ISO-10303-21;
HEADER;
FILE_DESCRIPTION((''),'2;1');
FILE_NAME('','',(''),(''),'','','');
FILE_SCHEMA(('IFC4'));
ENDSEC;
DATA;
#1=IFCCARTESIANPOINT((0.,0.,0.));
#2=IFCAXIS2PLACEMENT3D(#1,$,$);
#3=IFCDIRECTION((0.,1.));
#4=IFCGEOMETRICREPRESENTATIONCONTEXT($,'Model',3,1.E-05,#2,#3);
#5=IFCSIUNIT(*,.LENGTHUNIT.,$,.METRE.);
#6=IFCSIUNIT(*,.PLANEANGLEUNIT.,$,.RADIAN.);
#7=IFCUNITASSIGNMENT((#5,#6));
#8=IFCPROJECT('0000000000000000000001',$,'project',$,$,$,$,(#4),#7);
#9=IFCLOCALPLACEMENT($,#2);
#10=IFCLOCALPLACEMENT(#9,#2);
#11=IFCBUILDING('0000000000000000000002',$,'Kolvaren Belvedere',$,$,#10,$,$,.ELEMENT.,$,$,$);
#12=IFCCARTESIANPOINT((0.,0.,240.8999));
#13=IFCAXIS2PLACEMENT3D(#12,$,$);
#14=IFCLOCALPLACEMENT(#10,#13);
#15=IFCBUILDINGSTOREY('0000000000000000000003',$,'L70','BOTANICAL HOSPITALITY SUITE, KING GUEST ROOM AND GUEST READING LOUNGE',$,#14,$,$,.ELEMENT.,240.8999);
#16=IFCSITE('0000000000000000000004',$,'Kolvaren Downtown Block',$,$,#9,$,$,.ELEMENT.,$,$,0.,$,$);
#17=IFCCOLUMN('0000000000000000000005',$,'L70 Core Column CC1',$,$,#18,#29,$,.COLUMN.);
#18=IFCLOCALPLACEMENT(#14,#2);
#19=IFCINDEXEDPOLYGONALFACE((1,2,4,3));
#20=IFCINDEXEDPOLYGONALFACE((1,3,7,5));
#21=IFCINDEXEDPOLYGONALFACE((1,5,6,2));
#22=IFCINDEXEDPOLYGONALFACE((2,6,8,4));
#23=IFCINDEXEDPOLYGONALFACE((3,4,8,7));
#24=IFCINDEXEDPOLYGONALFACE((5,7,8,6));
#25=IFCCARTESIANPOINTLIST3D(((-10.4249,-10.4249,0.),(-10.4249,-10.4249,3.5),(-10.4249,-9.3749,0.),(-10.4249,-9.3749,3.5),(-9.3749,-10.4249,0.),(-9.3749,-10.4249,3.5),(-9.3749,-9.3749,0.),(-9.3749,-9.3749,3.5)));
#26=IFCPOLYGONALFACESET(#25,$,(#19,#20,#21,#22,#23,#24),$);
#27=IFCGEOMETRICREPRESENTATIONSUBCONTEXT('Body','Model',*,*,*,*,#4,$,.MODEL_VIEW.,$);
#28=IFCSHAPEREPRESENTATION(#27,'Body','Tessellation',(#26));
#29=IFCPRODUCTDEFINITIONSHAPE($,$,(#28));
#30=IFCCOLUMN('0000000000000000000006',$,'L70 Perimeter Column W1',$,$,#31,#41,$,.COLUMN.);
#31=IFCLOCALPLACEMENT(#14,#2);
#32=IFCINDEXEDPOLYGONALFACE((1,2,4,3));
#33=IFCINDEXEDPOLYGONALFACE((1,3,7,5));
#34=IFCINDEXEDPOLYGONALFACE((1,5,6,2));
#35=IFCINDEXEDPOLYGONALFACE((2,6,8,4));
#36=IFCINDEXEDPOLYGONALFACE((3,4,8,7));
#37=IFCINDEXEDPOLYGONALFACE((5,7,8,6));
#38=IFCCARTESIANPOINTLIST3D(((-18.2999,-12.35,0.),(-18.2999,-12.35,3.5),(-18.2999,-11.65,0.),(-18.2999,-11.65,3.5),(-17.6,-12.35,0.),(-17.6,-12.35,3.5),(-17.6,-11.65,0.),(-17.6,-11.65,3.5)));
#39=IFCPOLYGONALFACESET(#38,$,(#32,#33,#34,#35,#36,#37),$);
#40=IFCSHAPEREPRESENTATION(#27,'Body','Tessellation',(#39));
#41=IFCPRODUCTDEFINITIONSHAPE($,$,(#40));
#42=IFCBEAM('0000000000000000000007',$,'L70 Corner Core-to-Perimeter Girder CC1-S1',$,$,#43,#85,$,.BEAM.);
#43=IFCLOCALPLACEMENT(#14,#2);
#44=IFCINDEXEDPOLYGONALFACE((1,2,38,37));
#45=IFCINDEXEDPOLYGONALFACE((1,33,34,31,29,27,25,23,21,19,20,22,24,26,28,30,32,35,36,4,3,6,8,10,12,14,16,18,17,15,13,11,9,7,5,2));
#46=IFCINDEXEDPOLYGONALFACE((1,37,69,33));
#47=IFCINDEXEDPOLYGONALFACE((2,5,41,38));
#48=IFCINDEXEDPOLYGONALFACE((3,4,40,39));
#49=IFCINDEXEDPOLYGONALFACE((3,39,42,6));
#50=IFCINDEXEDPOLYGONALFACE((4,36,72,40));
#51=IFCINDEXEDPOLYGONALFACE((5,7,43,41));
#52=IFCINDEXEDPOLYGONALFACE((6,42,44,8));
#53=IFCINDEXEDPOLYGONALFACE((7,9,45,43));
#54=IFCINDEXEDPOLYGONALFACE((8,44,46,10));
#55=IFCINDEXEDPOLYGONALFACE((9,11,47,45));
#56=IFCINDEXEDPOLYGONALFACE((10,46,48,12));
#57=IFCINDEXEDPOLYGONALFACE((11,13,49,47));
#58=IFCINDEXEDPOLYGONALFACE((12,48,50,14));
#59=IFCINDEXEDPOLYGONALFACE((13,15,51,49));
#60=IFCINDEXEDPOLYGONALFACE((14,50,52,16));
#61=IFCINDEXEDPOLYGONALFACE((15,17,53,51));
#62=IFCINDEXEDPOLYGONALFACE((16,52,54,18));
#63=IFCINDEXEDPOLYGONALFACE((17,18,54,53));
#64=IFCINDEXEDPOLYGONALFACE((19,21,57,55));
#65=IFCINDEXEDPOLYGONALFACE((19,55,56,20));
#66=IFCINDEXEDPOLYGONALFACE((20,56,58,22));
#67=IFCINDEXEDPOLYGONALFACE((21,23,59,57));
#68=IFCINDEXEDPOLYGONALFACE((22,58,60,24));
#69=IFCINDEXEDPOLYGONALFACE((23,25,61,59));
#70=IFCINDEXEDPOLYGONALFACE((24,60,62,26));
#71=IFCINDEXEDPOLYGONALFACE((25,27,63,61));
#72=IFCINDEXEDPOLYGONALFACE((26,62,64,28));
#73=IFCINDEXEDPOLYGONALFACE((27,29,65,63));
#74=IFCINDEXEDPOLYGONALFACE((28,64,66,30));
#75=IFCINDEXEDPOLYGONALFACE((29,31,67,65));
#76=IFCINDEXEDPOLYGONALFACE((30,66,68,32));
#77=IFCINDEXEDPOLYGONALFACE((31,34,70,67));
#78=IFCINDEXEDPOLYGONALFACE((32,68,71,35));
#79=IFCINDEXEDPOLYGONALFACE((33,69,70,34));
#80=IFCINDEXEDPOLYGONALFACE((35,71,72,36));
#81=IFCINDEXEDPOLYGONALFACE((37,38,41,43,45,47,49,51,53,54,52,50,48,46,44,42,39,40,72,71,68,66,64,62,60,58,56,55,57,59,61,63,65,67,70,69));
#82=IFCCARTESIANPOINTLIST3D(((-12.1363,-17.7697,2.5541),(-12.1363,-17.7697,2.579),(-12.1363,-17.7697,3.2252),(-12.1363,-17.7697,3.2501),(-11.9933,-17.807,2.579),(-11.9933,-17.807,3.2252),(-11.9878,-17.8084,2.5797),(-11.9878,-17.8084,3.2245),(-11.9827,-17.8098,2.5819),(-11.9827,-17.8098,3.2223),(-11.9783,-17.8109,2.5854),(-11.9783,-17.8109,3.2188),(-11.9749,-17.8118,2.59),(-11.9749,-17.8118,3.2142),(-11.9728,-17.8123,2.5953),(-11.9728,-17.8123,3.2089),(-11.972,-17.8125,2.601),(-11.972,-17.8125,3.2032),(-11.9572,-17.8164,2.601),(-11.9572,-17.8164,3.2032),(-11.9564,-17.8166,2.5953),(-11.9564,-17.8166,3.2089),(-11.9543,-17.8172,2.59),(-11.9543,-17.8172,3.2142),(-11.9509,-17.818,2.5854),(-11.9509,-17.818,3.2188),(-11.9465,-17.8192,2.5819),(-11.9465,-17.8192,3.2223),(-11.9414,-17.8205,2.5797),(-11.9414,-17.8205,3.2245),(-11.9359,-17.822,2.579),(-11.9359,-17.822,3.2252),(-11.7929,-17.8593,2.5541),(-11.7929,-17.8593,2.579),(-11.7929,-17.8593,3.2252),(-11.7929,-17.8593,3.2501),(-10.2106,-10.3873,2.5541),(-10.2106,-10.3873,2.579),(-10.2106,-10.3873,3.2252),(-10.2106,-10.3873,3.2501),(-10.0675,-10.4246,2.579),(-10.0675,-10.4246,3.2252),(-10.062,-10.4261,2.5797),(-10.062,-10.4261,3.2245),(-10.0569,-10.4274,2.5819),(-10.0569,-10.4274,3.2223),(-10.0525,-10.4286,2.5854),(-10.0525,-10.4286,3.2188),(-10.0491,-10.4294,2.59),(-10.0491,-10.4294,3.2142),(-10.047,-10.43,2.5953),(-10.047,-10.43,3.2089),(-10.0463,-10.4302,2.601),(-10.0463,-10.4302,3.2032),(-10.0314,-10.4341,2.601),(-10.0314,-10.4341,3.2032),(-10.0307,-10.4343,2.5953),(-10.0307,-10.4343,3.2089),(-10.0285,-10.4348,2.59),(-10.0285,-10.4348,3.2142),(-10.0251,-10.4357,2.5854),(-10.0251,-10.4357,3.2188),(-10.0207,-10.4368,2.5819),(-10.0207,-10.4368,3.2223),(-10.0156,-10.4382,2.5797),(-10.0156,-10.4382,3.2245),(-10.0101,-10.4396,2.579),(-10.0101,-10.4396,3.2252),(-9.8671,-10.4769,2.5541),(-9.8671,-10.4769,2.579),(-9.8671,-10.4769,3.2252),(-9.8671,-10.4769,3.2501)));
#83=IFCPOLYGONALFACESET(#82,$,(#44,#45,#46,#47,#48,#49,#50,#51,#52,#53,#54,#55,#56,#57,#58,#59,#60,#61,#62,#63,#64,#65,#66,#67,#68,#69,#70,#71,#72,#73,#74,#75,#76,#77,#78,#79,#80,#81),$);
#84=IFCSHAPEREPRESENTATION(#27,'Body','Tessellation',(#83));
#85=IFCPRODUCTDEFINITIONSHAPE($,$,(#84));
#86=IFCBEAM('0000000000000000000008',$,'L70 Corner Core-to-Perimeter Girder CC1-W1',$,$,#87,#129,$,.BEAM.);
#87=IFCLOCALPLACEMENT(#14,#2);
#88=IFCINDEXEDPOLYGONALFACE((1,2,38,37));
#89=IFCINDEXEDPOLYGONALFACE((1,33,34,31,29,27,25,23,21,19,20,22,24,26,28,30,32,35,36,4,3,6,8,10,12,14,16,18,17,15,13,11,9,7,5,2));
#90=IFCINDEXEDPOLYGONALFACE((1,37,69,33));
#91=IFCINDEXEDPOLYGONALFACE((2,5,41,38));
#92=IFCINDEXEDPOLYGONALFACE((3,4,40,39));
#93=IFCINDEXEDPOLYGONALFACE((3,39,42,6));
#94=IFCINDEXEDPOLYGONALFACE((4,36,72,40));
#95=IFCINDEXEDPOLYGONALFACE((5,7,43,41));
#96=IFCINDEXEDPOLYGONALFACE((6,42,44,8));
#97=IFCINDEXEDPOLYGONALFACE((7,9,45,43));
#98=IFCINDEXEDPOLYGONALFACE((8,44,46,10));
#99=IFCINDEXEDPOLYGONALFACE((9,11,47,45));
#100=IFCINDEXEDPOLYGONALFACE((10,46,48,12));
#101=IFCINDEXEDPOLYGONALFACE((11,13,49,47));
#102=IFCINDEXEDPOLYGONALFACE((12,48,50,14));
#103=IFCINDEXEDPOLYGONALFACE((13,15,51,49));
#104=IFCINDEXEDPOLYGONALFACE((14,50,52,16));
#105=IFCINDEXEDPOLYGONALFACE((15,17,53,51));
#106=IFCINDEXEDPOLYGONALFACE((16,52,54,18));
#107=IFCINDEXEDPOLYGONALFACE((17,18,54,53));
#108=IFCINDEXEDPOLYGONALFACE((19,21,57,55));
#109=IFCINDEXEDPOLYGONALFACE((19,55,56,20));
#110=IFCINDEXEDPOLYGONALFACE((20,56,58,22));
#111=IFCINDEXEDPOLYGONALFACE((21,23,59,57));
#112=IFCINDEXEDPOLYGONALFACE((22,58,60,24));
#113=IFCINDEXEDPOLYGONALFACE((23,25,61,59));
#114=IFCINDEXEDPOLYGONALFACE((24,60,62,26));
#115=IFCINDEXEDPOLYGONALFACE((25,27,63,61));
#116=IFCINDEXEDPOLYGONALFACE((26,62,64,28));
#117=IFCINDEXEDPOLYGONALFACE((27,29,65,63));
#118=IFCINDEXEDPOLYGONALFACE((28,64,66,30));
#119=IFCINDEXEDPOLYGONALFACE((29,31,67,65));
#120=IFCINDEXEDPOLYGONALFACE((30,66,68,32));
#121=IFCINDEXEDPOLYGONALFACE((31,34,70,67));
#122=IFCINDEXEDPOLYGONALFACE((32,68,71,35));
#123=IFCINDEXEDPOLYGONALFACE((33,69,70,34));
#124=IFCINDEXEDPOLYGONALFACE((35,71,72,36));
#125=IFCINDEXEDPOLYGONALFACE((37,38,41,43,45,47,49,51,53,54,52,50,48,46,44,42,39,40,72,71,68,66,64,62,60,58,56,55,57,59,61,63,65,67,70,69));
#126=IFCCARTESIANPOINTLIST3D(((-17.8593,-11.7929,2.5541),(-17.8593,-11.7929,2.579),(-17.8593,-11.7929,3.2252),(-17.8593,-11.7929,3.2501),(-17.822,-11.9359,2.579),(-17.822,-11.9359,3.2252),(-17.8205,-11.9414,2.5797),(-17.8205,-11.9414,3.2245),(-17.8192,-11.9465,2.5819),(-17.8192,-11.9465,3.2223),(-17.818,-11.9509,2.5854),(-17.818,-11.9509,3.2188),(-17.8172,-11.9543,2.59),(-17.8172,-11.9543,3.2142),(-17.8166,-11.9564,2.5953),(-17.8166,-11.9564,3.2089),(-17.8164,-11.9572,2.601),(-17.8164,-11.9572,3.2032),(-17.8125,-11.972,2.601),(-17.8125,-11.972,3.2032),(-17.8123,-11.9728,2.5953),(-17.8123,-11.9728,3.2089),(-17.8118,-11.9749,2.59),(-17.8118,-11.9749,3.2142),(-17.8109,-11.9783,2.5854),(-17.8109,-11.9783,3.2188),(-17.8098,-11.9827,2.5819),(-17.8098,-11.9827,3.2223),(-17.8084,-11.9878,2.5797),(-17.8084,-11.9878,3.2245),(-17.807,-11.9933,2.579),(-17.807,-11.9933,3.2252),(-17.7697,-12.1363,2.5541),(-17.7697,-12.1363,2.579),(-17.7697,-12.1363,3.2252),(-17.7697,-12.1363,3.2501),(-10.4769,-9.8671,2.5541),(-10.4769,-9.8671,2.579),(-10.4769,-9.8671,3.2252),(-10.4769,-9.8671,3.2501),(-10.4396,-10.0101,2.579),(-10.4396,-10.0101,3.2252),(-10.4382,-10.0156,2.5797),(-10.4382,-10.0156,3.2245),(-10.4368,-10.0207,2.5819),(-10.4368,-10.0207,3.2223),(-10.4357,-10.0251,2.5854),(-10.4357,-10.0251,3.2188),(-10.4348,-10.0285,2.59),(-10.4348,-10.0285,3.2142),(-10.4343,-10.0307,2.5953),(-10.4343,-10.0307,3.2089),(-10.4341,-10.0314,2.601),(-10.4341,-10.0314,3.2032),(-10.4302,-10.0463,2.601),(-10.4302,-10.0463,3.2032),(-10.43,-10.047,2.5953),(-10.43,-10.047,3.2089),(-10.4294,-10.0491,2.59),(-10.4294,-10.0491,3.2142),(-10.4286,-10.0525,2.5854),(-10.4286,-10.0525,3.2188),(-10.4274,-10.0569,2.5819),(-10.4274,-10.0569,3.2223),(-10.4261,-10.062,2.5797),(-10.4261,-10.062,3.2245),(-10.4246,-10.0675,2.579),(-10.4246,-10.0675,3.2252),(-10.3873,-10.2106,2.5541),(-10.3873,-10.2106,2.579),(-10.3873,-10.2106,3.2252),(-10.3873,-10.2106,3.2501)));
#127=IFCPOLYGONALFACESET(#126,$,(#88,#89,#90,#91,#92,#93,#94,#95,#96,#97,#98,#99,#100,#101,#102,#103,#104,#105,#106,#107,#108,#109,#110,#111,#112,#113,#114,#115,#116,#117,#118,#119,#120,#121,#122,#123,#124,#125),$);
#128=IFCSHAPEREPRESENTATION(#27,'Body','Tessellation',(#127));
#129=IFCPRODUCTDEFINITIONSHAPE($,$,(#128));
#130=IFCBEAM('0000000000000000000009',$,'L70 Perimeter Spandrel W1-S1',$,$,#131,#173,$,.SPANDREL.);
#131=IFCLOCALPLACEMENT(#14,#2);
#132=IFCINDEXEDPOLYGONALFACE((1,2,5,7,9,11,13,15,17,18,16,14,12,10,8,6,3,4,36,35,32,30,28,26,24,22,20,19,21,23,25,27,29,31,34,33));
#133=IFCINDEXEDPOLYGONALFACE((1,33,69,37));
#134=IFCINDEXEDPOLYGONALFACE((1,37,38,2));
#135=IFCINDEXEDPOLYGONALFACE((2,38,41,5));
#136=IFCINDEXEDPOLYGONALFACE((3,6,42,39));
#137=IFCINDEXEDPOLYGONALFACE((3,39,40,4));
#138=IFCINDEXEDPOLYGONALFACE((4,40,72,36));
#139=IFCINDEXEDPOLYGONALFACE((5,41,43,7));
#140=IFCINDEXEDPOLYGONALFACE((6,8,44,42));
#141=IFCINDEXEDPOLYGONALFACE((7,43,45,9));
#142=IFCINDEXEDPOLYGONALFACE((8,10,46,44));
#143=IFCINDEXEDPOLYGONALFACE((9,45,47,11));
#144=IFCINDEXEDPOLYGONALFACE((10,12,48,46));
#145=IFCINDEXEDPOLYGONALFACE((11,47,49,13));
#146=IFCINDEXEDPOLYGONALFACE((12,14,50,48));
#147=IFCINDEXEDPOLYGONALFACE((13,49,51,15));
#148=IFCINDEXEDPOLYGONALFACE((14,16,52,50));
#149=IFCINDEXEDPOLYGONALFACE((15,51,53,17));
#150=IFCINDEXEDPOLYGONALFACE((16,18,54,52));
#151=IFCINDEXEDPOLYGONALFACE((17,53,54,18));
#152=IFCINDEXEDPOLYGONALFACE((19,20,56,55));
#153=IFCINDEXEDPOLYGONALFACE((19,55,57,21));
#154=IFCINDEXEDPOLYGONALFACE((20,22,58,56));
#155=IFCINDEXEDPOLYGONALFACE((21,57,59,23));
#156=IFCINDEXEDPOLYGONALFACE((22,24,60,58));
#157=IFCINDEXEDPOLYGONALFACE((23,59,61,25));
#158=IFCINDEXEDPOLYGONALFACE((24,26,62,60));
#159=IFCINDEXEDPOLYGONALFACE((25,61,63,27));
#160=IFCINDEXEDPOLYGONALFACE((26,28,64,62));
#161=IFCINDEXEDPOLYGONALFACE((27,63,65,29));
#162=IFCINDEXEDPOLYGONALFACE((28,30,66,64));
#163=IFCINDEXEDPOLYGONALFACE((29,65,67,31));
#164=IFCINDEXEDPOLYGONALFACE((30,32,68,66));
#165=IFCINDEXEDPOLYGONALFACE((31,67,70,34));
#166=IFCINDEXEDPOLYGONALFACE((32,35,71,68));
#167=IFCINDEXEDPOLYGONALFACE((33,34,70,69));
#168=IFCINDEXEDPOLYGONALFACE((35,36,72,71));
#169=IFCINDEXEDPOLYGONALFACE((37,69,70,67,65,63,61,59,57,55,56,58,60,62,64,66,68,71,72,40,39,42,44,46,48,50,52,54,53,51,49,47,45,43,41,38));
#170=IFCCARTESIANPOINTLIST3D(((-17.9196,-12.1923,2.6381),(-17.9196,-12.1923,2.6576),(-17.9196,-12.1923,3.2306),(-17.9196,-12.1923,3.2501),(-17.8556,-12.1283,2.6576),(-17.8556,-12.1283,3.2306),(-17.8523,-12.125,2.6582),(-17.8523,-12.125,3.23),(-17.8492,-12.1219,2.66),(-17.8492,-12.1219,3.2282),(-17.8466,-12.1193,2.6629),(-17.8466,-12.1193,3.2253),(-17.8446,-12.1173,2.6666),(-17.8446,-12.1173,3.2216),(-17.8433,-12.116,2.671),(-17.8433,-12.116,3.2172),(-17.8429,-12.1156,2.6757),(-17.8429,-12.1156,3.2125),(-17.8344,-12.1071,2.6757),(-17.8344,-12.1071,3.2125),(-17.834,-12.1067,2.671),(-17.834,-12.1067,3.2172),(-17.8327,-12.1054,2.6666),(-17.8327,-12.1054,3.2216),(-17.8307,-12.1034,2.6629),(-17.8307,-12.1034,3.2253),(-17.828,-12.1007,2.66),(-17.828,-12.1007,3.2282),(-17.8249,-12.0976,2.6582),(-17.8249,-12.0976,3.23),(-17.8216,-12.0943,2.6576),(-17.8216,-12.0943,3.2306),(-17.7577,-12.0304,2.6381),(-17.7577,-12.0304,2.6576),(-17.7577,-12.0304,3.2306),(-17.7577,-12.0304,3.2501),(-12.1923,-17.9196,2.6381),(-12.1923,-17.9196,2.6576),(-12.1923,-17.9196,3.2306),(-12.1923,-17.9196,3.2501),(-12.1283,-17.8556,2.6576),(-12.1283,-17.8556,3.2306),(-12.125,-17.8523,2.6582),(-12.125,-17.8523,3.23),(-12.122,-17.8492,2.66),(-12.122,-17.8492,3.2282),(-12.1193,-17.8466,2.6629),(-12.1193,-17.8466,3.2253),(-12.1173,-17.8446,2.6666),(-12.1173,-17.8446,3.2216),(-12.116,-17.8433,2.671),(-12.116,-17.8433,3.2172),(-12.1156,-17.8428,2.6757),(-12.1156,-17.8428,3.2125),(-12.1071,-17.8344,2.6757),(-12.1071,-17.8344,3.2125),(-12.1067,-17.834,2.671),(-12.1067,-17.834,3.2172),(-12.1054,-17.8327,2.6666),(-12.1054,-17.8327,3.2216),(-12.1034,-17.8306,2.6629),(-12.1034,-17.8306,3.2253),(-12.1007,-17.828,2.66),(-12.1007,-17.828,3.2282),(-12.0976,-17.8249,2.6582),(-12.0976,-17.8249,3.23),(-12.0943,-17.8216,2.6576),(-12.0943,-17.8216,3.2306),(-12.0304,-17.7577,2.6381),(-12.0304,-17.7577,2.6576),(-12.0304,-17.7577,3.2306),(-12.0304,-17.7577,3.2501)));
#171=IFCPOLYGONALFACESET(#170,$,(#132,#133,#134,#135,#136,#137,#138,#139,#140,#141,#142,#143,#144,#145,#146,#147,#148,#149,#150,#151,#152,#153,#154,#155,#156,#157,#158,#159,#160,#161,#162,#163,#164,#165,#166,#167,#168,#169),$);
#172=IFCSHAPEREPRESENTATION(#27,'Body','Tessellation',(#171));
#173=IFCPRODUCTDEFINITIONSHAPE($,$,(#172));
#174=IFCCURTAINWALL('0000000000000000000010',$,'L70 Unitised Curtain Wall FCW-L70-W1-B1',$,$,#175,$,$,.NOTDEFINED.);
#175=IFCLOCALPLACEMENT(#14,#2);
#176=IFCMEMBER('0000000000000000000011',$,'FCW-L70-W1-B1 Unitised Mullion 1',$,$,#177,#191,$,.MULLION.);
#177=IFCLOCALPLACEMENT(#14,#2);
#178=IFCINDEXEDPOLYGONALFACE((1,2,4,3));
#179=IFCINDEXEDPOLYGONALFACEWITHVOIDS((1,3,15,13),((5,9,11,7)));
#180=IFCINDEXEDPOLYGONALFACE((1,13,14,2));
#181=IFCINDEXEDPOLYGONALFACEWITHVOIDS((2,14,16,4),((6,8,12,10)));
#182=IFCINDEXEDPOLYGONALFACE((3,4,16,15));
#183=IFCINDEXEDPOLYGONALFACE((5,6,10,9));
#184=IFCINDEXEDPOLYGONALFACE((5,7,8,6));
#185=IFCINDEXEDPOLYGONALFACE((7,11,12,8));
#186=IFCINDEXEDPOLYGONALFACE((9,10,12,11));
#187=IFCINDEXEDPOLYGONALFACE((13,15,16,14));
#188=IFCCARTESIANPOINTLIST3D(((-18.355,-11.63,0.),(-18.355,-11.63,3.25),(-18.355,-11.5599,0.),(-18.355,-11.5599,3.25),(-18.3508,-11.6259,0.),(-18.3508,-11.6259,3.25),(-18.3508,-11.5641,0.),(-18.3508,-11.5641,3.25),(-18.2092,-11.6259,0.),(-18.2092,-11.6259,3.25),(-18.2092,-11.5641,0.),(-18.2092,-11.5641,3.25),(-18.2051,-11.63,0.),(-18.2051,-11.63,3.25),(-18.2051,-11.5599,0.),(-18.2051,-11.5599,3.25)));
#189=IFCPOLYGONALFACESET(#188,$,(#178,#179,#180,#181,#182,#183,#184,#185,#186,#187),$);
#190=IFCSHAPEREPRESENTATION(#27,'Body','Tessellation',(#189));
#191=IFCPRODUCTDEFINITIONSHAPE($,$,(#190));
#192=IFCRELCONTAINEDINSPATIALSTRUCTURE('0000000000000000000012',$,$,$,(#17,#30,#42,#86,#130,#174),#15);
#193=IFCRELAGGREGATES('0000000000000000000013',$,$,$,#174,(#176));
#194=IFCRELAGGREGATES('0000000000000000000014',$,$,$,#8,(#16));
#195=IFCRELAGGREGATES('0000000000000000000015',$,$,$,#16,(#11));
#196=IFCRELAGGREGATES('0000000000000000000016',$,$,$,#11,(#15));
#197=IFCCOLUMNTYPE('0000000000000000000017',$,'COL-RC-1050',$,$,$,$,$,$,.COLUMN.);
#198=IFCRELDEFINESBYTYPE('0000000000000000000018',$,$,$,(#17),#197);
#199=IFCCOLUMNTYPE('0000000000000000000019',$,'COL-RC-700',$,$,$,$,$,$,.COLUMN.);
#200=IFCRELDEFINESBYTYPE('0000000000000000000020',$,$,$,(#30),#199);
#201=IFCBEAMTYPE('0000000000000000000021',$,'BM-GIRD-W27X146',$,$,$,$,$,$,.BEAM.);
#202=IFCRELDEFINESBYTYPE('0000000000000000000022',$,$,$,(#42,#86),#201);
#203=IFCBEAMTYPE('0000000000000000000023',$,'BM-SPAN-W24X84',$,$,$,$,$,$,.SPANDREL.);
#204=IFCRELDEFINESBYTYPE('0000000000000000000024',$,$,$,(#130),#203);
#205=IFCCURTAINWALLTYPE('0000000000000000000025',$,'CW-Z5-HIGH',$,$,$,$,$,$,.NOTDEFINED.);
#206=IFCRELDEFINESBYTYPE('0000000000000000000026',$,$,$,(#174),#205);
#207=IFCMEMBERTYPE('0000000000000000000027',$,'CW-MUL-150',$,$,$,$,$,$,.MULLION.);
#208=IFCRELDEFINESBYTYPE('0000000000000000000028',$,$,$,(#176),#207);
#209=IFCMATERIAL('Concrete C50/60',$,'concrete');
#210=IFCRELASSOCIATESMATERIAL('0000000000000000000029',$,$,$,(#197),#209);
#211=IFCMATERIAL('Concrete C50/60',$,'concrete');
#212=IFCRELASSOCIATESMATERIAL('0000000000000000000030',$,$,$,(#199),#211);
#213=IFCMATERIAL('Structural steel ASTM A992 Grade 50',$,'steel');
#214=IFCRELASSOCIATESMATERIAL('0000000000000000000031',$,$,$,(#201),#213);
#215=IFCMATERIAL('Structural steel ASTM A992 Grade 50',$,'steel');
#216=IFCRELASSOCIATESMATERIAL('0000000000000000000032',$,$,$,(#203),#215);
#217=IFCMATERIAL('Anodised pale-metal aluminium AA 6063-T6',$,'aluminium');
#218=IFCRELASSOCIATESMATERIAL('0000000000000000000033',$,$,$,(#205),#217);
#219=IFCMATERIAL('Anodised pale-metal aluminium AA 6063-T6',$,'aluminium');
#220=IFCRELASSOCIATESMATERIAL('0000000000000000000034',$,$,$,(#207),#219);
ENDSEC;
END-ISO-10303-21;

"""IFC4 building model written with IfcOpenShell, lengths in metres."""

from ifc_helpers import new_model, si_unit, direction, frame, origin, origin_2d, place, context, subcontext, project, spatial, rectangle, hollow_rectangle, i_section, extrude, material, material_profile, profile_set, type_object, element, aggregate, save


model = new_model("IFC4")

# Units and contexts
model_context = context("Model", 3, precision=1e-05, world=origin(), true_north=direction((0.0, 1.0)))
body_context = subcontext(model_context, "Body", "Model", "MODEL_VIEW")
ifc_project = project(units=[si_unit("LENGTHUNIT", "METRE"), si_unit("PLANEANGLEUNIT", "RADIAN")], contexts=[model_context])

# Site, building, storey
site_placement = place(None, origin())
site = spatial("IfcSite", under=ifc_project, at=site_placement, Name="Kolvaren Downtown Block", CompositionType="ELEMENT", RefElevation=0.0)
building_placement = place(site_placement, origin())
building = spatial("IfcBuilding", under=site, at=building_placement, Name="Kolvaren Belvedere", CompositionType="ELEMENT")
storey_placement = place(building_placement, frame((0.0, 0.0, 240.8999)))
storey = spatial("IfcBuildingStorey", under=building, at=storey_placement, Name="L70", Description="BOTANICAL HOSPITALITY SUITE, KING GUEST ROOM AND GUEST READING LOUNGE", CompositionType="ELEMENT", Elevation=240.8999)

# Columns
ifc_material_1 = material(Name="Concrete C50/60", Category="concrete")
ifc_material_profile_1 = material_profile(ifc_material_1, rectangle(XDim=1.05, YDim=1.05, at=origin_2d()), Name="RC 1050X1050")
ifc_profile_set_1 = profile_set([ifc_material_profile_1], Name="Concrete C50/60")
column_type_1 = type_object("IfcColumnType", Name="COL-RC-1050", PredefinedType="COLUMN", material=ifc_profile_set_1)
column_1_placement = place(storey_placement, frame((-9.8999, -9.8999, 0.0), z_axis=(0.0, 0.0, 1.0), x_axis=(1.0, 0.0, 0.0)))
element("IfcColumn", 1, at=column_1_placement, inside=storey, type_object=column_type_1, Name="L70 Core Column CC1", PredefinedType="COLUMN", context=body_context, shape_type="SweptSolid", body=[
    extrude(rectangle(XDim=1.05, YDim=1.05, at=origin_2d()), origin(), (0.0, 0.0, 1.0), 3.5),
])
ifc_material_2 = material(Name="Concrete C50/60", Category="concrete")
ifc_material_profile_2 = material_profile(ifc_material_2, rectangle(XDim=0.7, YDim=0.7, at=origin_2d()), Name="RC 700X700")
ifc_profile_set_2 = profile_set([ifc_material_profile_2], Name="Concrete C50/60")
column_type_2 = type_object("IfcColumnType", Name="COL-RC-700", PredefinedType="COLUMN", material=ifc_profile_set_2)
column_2_placement = place(storey_placement, frame((-17.95, -12.0, 0.0), z_axis=(0.0, 0.0, 1.0), x_axis=(1.0, 0.0, 0.0)))
element("IfcColumn", 2, at=column_2_placement, inside=storey, type_object=column_type_2, Name="L70 Perimeter Column W1", PredefinedType="COLUMN", context=body_context, shape_type="SweptSolid", body=[
    extrude(rectangle(XDim=0.7, YDim=0.7, at=origin_2d()), origin(), (0.0, 0.0, 1.0), 3.5),
])

# Beams
ifc_material_3 = material(Name="Structural steel ASTM A992 Grade 50", Category="steel")
ifc_material_profile_3 = material_profile(ifc_material_3, i_section(OverallWidth=0.355, OverallDepth=0.696, WebThickness=0.0154, FlangeThickness=0.0249, FilletRadius=0.022, at=origin_2d()), Name="W27X146")
ifc_profile_set_3 = profile_set([ifc_material_profile_3], Name="Structural steel ASTM A992 Grade 50")
beam_type_1 = type_object("IfcBeamType", Name="BM-GIRD-W27X146", PredefinedType="BEAM", material=ifc_profile_set_3)
for number, where, z_axis, x_axis, name in (
    (3, (-10.0388, -10.4321, 2.9021), (-0.252417, -0.967619, 0.0), (0.967619, -0.252417, 0.0), "L70 Corner Core-to-Perimeter Girder CC1-S1"),
    (4, (-10.4321, -10.0388, 2.9021), (-0.967619, -0.252417, 0.0), (0.252417, -0.967619, 0.0), "L70 Corner Core-to-Perimeter Girder CC1-W1"),
):
    element("IfcBeam", number, at=place(storey_placement, frame(where, z_axis=z_axis, x_axis=x_axis)), inside=storey, type_object=beam_type_1, Name=name, PredefinedType="BEAM", context=body_context, shape_type="SweptSolid", body=[
        extrude(i_section(OverallWidth=0.355, OverallDepth=0.696, WebThickness=0.0154, FlangeThickness=0.0249, FilletRadius=0.022, at=origin_2d()), origin(), (0.0, 0.0, 1.0), 7.6294),
    ])
ifc_material_4 = material(Name="Structural steel ASTM A992 Grade 50", Category="steel")
ifc_material_profile_4 = material_profile(ifc_material_4, i_section(OverallWidth=0.229, OverallDepth=0.6121, WebThickness=0.012, FlangeThickness=0.0195, FilletRadius=0.0181, at=origin_2d()), Name="W24X84")
ifc_profile_set_4 = profile_set([ifc_material_profile_4], Name="Structural steel ASTM A992 Grade 50")
beam_type_2 = type_object("IfcBeamType", Name="BM-SPAN-W24X84", PredefinedType="SPANDREL", material=ifc_profile_set_4)
beam_placement = place(storey_placement, frame((-17.8386, -12.1113, 2.9441), z_axis=(0.707107, -0.707107, 0.0), x_axis=(0.707107, 0.707107, 0.0)))
element("IfcBeam", 5, at=beam_placement, inside=storey, type_object=beam_type_2, Name="L70 Perimeter Spandrel W1-S1", PredefinedType="SPANDREL", context=body_context, shape_type="SweptSolid", body=[
    extrude(i_section(OverallWidth=0.229, OverallDepth=0.6121, WebThickness=0.012, FlangeThickness=0.0195, FilletRadius=0.0181, at=origin_2d()), origin(), (0.0, 0.0, 1.0), 8.0996),
])

# Curtain wall, member
ifc_material_5 = material(Name="Anodised pale-metal aluminium AA 6063-T6", Category="aluminium")
curtain_wall_type = type_object("IfcCurtainWallType", Name="CW-Z5-HIGH", PredefinedType="NOTDEFINED", material=ifc_material_5)
curtain_wall_placement = place(storey_placement, origin())
curtain_wall = element("IfcCurtainWall", 6, at=curtain_wall_placement, inside=storey, type_object=curtain_wall_type, Name="L70 Unitised Curtain Wall FCW-L70-W1-B1", PredefinedType="NOTDEFINED")
ifc_material_6 = material(Name="Anodised pale-metal aluminium AA 6063-T6", Category="aluminium")
ifc_material_profile_5 = material_profile(ifc_material_6, hollow_rectangle(XDim=0.0701, YDim=0.1499, WallThickness=0.0042, at=origin_2d()), Name="ALU-MUL-150X70")
ifc_profile_set_5 = profile_set([ifc_material_profile_5], Name="Anodised pale-metal aluminium AA 6063-T6")
member_type_1 = type_object("IfcMemberType", Name="CW-MUL-150", PredefinedType="MULLION", material=ifc_profile_set_5)
member_1_placement = place(storey_placement, frame((-18.28, -11.595, 0.0), z_axis=(0.0, 0.0, 1.0), x_axis=(0.0, 1.0, 0.0)))
member_1 = element("IfcMember", 7, at=member_1_placement, type_object=member_type_1, Name="FCW-L70-W1-B1 Unitised Mullion 1", PredefinedType="MULLION", context=body_context, shape_type="SweptSolid", body=[
    extrude(hollow_rectangle(XDim=0.0701, YDim=0.1499, WallThickness=0.0042, at=origin_2d()), origin(), (0.0, 0.0, 1.0), 3.25),
])
aggregate(curtain_wall, [member_1])

save(model, "model.ifc")
